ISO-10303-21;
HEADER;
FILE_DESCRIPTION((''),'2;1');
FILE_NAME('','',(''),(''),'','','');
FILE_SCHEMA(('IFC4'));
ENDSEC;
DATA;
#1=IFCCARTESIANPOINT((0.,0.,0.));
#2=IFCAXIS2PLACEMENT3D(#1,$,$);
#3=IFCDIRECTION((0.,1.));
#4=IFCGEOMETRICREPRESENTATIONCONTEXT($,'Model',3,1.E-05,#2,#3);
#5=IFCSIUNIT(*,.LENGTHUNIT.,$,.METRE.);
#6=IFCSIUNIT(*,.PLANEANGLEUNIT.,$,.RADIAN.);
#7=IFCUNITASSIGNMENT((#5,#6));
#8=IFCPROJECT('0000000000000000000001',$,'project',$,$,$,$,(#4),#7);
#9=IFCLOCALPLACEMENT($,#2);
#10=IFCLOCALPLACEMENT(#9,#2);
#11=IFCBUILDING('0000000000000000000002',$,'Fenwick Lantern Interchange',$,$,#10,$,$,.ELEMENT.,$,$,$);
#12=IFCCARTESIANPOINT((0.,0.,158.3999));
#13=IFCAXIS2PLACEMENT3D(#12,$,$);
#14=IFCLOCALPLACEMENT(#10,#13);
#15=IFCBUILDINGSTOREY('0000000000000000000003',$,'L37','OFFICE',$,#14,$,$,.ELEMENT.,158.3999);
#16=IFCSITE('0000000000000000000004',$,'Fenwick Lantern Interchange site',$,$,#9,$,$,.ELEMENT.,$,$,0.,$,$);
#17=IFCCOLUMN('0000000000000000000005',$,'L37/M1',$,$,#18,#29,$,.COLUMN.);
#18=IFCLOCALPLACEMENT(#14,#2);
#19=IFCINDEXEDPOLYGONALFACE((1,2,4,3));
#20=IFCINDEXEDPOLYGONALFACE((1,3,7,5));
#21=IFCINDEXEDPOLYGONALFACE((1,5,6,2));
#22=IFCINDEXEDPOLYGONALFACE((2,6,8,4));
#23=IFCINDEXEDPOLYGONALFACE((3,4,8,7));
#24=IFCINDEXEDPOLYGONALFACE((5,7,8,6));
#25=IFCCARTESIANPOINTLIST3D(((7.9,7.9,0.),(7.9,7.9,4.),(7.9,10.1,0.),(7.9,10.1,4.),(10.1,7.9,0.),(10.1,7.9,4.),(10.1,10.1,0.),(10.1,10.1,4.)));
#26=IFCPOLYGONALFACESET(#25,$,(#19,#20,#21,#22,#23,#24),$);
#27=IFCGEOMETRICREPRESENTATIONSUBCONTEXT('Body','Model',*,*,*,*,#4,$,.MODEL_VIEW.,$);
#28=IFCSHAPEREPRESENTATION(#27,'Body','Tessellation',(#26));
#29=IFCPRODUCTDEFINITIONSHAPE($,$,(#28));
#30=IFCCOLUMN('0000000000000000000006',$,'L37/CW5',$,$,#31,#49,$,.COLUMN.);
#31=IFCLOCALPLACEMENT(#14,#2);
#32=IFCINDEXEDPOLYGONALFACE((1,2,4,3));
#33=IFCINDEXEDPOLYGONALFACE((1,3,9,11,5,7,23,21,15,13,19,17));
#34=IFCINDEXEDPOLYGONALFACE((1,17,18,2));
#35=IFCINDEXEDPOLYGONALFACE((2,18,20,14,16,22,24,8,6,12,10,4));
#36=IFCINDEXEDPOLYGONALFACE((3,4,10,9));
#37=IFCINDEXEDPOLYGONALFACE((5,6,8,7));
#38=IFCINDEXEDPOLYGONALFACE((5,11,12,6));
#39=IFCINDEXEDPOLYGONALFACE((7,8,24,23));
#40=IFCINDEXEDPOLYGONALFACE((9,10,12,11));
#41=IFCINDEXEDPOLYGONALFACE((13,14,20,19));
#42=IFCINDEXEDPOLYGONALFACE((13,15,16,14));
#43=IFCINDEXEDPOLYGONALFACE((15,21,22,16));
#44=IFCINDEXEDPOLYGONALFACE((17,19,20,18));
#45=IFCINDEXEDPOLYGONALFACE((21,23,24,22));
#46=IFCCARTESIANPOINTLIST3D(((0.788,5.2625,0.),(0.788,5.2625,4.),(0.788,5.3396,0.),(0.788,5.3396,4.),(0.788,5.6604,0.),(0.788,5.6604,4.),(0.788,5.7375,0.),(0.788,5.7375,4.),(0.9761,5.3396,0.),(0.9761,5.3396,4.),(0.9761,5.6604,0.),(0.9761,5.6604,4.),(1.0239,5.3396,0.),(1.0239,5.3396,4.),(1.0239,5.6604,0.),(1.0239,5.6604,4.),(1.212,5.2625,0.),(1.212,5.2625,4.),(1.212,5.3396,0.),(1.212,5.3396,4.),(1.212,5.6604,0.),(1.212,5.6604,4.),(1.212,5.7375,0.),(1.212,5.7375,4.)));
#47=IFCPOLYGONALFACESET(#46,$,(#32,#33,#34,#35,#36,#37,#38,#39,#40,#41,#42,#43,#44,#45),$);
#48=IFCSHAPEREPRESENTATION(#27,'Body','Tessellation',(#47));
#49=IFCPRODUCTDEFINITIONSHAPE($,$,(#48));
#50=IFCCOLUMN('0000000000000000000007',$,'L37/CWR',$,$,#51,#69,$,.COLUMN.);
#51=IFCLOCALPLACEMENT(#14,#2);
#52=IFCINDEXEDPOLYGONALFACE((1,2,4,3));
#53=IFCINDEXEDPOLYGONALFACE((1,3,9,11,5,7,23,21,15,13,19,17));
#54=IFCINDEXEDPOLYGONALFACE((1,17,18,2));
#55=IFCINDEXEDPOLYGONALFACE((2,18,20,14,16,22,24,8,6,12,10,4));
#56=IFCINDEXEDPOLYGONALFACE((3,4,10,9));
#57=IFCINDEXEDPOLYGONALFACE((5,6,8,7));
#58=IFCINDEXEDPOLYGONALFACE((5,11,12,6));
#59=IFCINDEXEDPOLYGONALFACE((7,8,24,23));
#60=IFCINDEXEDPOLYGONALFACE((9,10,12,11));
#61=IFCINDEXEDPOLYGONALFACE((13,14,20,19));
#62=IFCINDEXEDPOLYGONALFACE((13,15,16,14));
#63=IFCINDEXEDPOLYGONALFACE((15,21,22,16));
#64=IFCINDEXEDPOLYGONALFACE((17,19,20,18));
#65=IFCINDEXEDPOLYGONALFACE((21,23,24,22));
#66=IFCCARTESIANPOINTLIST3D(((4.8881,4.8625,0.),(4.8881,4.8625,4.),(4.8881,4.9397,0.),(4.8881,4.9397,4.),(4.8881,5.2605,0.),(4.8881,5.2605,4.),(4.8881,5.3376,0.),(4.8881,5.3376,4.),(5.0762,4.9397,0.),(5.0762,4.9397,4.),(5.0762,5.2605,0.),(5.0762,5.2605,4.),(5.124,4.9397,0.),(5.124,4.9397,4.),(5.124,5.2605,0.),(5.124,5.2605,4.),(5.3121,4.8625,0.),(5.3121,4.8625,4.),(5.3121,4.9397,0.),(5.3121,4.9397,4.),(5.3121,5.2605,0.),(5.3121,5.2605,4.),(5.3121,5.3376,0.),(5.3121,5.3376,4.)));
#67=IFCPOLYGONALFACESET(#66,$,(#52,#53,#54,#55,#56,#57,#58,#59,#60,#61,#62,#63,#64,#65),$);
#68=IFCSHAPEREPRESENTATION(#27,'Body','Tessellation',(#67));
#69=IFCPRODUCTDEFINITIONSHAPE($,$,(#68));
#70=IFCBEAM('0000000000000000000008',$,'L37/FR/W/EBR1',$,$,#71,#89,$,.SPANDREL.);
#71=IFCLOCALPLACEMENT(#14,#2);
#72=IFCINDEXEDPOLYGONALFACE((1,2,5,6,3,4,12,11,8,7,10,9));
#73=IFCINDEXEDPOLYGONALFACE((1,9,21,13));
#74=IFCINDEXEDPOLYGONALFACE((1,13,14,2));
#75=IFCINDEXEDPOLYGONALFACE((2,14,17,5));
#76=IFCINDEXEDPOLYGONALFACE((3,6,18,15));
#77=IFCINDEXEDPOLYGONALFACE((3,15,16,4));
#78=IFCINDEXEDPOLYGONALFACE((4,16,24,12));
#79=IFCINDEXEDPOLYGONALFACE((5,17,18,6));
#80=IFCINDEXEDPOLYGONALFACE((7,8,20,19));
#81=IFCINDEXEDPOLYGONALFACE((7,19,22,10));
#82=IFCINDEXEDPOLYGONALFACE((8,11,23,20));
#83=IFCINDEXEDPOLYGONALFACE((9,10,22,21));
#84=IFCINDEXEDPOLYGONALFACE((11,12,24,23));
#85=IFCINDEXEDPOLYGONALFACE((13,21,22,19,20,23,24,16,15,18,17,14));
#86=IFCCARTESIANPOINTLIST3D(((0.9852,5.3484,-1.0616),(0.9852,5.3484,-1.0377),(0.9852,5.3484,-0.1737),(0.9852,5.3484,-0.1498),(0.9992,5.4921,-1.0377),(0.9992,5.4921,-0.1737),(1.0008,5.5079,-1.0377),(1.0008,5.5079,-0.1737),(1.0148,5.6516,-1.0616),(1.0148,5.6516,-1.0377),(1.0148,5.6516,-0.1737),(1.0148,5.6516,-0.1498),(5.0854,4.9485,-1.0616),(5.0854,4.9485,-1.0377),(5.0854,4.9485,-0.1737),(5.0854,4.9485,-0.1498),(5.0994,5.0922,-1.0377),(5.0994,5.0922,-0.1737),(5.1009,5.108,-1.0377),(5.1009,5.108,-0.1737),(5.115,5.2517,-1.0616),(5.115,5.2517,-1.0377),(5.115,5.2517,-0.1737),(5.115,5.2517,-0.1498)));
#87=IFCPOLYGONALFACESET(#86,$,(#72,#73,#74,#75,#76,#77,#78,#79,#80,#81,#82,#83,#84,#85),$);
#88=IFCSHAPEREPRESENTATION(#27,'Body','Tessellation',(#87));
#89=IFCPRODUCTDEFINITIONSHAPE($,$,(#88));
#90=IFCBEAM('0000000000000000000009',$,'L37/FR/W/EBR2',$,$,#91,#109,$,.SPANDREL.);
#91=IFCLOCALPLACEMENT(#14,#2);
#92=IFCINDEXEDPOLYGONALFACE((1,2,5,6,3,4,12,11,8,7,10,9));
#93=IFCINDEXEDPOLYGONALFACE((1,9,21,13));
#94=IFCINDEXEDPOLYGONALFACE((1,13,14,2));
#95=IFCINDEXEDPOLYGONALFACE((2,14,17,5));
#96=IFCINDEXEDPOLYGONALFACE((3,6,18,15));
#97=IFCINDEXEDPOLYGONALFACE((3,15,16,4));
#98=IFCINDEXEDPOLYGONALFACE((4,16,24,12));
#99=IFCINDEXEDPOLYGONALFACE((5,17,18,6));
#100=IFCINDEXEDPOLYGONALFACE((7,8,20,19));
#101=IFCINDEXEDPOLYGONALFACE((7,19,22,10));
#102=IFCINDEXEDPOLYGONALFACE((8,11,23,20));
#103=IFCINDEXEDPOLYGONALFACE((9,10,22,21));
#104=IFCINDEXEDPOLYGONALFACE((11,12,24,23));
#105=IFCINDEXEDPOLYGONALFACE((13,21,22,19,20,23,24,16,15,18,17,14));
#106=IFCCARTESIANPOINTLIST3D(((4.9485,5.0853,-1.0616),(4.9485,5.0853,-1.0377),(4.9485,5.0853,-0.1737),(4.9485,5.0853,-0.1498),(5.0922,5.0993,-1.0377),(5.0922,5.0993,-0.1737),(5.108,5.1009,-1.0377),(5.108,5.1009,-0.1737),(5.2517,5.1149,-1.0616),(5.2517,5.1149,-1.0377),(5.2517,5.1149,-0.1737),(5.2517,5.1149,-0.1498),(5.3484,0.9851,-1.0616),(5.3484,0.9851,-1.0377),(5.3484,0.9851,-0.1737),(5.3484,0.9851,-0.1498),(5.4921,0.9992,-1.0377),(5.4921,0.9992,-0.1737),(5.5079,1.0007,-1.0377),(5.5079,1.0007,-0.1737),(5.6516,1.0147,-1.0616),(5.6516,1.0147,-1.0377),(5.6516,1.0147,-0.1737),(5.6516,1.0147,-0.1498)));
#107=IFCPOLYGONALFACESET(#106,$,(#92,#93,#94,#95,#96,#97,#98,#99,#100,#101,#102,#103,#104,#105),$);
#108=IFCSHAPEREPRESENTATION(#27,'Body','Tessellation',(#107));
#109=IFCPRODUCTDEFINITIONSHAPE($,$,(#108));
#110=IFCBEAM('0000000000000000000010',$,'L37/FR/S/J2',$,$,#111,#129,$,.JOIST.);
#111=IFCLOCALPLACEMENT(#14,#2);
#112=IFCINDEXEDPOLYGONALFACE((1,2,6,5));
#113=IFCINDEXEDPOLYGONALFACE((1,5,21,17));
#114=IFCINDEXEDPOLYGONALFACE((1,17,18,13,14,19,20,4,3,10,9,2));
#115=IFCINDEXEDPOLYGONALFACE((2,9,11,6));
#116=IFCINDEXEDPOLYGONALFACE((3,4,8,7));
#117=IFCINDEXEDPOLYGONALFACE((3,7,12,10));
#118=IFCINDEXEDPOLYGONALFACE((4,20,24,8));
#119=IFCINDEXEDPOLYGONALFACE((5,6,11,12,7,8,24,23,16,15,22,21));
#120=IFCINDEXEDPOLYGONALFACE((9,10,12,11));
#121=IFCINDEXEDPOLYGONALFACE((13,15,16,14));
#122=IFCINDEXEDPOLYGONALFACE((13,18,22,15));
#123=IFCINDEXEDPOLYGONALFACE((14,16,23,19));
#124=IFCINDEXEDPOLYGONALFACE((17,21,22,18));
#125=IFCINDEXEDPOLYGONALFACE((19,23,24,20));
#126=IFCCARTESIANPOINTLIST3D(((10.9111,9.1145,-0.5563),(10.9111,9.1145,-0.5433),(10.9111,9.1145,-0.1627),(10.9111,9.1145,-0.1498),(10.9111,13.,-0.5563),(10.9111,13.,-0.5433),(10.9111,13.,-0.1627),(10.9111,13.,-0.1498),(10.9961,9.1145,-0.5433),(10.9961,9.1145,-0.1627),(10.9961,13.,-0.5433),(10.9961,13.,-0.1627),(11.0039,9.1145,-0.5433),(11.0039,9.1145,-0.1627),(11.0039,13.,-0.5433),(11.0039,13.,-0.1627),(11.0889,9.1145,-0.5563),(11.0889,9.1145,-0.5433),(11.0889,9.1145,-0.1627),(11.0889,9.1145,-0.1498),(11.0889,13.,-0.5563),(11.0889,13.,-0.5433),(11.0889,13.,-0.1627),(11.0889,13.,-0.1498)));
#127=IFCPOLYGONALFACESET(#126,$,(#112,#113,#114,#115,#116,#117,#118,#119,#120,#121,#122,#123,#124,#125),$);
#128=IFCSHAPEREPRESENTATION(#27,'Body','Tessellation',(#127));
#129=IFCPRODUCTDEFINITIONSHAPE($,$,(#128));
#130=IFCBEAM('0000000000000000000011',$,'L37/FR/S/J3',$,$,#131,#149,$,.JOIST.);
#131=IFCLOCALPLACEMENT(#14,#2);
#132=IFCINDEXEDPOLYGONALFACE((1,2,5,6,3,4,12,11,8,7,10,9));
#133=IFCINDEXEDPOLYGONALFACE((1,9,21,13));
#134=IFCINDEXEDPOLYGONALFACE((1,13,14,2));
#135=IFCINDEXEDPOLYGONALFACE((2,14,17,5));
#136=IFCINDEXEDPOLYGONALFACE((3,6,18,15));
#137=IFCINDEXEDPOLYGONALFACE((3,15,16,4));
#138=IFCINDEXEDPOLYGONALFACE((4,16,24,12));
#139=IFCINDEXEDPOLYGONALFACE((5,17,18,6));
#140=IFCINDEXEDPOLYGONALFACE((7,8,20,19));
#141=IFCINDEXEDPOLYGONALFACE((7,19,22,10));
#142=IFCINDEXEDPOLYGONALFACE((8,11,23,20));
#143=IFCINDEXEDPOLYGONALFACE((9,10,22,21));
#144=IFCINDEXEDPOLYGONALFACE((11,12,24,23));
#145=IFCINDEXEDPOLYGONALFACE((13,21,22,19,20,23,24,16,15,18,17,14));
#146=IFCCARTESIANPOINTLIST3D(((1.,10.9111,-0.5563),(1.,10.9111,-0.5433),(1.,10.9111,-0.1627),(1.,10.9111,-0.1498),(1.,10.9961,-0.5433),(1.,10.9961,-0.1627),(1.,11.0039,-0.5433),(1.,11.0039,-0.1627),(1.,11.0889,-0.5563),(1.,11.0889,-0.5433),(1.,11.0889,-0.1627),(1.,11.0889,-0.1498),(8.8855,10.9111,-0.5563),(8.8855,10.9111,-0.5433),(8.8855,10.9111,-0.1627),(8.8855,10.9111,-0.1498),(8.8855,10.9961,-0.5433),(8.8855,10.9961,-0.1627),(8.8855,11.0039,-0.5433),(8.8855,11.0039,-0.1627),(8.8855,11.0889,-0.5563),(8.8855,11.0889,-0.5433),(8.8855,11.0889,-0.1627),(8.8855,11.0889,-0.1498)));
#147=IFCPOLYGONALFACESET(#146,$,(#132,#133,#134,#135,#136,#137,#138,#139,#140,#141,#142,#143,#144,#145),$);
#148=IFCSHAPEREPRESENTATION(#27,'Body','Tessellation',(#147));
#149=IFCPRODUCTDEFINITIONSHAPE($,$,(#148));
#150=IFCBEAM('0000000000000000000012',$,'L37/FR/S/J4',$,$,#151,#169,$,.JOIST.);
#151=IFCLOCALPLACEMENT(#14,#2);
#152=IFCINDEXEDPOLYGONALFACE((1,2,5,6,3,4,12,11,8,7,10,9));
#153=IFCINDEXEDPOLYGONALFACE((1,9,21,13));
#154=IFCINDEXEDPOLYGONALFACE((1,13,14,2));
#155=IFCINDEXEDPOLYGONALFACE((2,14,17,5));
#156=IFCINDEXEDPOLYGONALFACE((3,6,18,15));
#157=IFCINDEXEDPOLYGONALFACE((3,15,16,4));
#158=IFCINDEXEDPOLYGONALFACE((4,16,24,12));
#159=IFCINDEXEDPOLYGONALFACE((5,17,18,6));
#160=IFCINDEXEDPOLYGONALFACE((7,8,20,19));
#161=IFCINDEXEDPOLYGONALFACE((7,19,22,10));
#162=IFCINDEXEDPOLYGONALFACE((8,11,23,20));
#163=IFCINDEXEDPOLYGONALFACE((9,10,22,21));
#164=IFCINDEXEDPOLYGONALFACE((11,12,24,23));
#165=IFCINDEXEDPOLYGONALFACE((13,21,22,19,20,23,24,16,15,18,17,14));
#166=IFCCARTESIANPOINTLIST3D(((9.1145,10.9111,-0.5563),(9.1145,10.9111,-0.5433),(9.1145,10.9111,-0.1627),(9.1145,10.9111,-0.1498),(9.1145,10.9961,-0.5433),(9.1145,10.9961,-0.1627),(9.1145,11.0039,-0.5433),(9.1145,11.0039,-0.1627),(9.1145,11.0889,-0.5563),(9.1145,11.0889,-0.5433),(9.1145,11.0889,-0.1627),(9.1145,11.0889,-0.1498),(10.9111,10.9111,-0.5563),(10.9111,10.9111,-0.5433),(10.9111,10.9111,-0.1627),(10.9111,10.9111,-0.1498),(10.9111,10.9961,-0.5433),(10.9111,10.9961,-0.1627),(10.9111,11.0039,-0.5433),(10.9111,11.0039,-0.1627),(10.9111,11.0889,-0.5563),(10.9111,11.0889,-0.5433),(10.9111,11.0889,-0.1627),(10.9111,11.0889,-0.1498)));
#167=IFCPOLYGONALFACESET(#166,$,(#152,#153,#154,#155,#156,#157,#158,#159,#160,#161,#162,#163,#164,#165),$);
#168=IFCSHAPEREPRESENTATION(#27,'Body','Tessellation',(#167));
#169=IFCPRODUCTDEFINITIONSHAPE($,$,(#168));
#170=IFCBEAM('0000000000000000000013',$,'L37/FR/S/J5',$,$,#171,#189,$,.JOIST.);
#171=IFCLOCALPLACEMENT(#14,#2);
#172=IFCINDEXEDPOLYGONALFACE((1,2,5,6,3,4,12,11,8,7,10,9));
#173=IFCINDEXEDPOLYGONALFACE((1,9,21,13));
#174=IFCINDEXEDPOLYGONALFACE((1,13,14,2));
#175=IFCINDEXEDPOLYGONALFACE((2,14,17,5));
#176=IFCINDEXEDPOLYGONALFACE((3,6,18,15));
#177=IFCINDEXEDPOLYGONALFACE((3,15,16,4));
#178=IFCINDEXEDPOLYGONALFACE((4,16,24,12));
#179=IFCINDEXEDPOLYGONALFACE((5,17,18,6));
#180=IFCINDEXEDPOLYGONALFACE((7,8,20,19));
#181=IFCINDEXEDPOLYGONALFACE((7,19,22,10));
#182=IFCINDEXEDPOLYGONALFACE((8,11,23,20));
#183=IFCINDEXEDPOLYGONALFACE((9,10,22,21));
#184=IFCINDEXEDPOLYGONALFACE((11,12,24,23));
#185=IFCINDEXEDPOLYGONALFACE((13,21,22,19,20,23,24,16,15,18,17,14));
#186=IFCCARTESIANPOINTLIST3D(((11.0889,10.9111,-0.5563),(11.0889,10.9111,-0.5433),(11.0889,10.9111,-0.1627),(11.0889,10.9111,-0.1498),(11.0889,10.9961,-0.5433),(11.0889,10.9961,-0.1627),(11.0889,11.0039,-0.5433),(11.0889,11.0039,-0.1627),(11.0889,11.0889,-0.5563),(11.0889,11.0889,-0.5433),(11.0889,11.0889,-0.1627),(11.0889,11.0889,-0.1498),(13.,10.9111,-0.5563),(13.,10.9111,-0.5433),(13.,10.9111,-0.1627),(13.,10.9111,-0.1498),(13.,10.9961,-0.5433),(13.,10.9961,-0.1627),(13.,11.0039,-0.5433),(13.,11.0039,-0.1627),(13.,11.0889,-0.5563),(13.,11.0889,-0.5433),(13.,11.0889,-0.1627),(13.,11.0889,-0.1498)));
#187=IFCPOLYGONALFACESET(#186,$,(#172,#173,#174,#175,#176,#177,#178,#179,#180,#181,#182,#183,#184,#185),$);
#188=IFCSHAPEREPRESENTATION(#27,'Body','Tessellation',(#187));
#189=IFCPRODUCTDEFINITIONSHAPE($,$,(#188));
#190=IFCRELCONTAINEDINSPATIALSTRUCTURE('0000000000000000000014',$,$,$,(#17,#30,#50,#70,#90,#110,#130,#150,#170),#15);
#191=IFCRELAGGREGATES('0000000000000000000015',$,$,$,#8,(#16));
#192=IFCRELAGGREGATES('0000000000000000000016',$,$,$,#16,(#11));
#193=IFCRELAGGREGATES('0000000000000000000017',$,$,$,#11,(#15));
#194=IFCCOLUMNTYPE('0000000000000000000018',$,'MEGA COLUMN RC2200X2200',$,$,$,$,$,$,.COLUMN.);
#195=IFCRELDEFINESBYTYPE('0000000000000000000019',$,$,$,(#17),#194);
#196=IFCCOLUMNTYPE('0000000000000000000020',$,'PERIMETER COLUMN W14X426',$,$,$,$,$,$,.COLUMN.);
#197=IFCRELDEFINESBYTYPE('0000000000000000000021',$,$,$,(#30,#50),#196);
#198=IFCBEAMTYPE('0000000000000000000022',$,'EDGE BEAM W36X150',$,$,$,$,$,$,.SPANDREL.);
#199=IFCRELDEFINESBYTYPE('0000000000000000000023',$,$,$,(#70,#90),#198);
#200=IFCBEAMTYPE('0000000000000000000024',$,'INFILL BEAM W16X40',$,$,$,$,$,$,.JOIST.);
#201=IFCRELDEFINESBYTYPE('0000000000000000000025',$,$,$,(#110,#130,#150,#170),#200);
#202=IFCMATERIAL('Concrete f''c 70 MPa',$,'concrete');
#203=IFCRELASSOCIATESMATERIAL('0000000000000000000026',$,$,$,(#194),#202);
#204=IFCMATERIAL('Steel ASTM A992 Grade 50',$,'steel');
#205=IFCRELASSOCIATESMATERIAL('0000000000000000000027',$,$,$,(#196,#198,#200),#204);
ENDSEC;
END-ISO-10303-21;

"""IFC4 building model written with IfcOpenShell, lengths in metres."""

from ifc_helpers import new_model, si_unit, direction, frame, origin, origin_2d, place, context, subcontext, project, spatial, rectangle, i_section, extrude, material, material_profile, profile_set, type_object, element, save


model = new_model("IFC4")

# Units and contexts
model_context = context("Model", 3, precision=1e-05, world=origin(), true_north=direction((0.0, 1.0)))
body_context = subcontext(model_context, "Body", "Model", "MODEL_VIEW")
ifc_project = project(units=[si_unit("LENGTHUNIT", "METRE"), si_unit("PLANEANGLEUNIT", "RADIAN")], contexts=[model_context])

# Site, building, storey
site_placement = place(None, origin())
site = spatial("IfcSite", under=ifc_project, at=site_placement, Name="Fenwick Lantern Interchange site", CompositionType="ELEMENT", RefElevation=0.0)
building_placement = place(site_placement, origin())
building = spatial("IfcBuilding", under=site, at=building_placement, Name="Fenwick Lantern Interchange", CompositionType="ELEMENT")
storey_placement = place(building_placement, frame((0.0, 0.0, 158.3999)))
storey = spatial("IfcBuildingStorey", under=building, at=storey_placement, Name="L37", Description="OFFICE", CompositionType="ELEMENT", Elevation=158.3999)

# Columns
ifc_material_1 = material(Name="Concrete f'c 70 MPa", Category="concrete")
ifc_material_profile_1 = material_profile(ifc_material_1, rectangle(XDim=2.2, YDim=2.2, at=origin_2d()), Name="RC2200X2200")
ifc_profile_set_1 = profile_set([ifc_material_profile_1], Name="Concrete f'c 70 MPa")
column_type_1 = type_object("IfcColumnType", Name="MEGA COLUMN RC2200X2200", PredefinedType="COLUMN", material=ifc_profile_set_1)
column_placement = place(storey_placement, frame((9.0, 9.0, 0.0), z_axis=(0.0, 0.0, 1.0), x_axis=(1.0, 0.0, 0.0)))
element("IfcColumn", 1, at=column_placement, inside=storey, type_object=column_type_1, Name="L37/M1", PredefinedType="COLUMN", context=body_context, shape_type="SweptSolid", body=[
    extrude(rectangle(XDim=2.2, YDim=2.2, at=origin_2d()), origin(), (0.0, 0.0, 1.0), 4.0),
])
ifc_material_2 = material(Name="Steel ASTM A992 Grade 50", Category="steel")
ifc_material_profile_2 = material_profile(ifc_material_2, i_section(OverallWidth=0.4241, OverallDepth=0.4751, WebThickness=0.0479, FlangeThickness=0.0771, at=origin_2d()), Name="W14X426")
ifc_profile_set_2 = profile_set([ifc_material_profile_2], Name="Steel ASTM A992 Grade 50")
column_type_2 = type_object("IfcColumnType", Name="PERIMETER COLUMN W14X426", PredefinedType="COLUMN", material=ifc_profile_set_2)
for number, where, z_axis, x_axis, name in (
    (2, (1.0, 5.5, 0.0), (0.0, 0.0, 1.0), (1.0, 0.0, 0.0), "L37/CW5"),
    (3, (5.1001, 5.1001, 0.0), (0.0, 0.0, 1.0), (1.0, 0.0, 0.0), "L37/CWR"),
):
    element("IfcColumn", number, at=place(storey_placement, frame(where, z_axis=z_axis, x_axis=x_axis)), inside=storey, type_object=column_type_2, Name=name, PredefinedType="COLUMN", context=body_context, shape_type="SweptSolid", body=[
        extrude(i_section(OverallWidth=0.4241, OverallDepth=0.4751, WebThickness=0.0479, FlangeThickness=0.0771, at=origin_2d()), origin(), (0.0, 0.0, 1.0), 4.0),
    ])

# Beams
ifc_material_profile_3 = material_profile(ifc_material_2, i_section(OverallWidth=0.3047, OverallDepth=0.9119, WebThickness=0.0159, FlangeThickness=0.0239, at=origin_2d()), Name="W36X150")
ifc_profile_set_3 = profile_set([ifc_material_profile_3], Name="Steel ASTM A992 Grade 50")
beam_type_1 = type_object("IfcBeamType", Name="EDGE BEAM W36X150", PredefinedType="SPANDREL", material=ifc_profile_set_3)
for number, where, z_axis, x_axis, name in (
    (4, (1.0, 5.5, -0.6057), (0.995277, -0.097074, 0.0), (0.097074, 0.995277, 0.0), "L37/FR/W/EBR1"),
    (5, (5.1001, 5.1001, -0.6057), (0.097074, -0.995277, 0.0), (0.995277, 0.097074, 0.0), "L37/FR/W/EBR2"),
):
    element("IfcBeam", number, at=place(storey_placement, frame(where, z_axis=z_axis, x_axis=x_axis)), inside=storey, type_object=beam_type_1, Name=name, PredefinedType="SPANDREL", context=body_context, shape_type="SweptSolid", body=[
        extrude(i_section(OverallWidth=0.3047, OverallDepth=0.9119, WebThickness=0.0159, FlangeThickness=0.0239, at=origin_2d()), origin(), (0.0, 0.0, 1.0), 4.1196),
    ])
ifc_material_profile_4 = material_profile(ifc_material_2, i_section(OverallWidth=0.1777, OverallDepth=0.4065, WebThickness=0.0078, FlangeThickness=0.0129, at=origin_2d()), Name="W16X40")
ifc_profile_set_4 = profile_set([ifc_material_profile_4], Name="Steel ASTM A992 Grade 50")
beam_type_2 = type_object("IfcBeamType", Name="INFILL BEAM W16X40", PredefinedType="JOIST", material=ifc_profile_set_4)
beam_1_placement = place(storey_placement, frame((11.0, 9.1145, -0.353), z_axis=(0.0, 1.0, 0.0), x_axis=(-1.0, 0.0, 0.0)))
element("IfcBeam", 6, at=beam_1_placement, inside=storey, type_object=beam_type_2, Name="L37/FR/S/J2", PredefinedType="JOIST", context=body_context, shape_type="SweptSolid", body=[
    extrude(i_section(OverallWidth=0.1777, OverallDepth=0.4065, WebThickness=0.0078, FlangeThickness=0.0129, at=origin_2d()), origin(), (0.0, 0.0, 1.0), 3.8855),
])
beam_2_placement = place(storey_placement, frame((1.0, 11.0, -0.353), z_axis=(1.0, 0.0, 0.0), x_axis=(0.0, 1.0, 0.0)))
element("IfcBeam", 7, at=beam_2_placement, inside=storey, type_object=beam_type_2, Name="L37/FR/S/J3", PredefinedType="JOIST", context=body_context, shape_type="SweptSolid", body=[
    extrude(i_section(OverallWidth=0.1777, OverallDepth=0.4065, WebThickness=0.0078, FlangeThickness=0.0129, at=origin_2d()), origin(), (0.0, 0.0, 1.0), 7.8855),
])
beam_3_placement = place(storey_placement, frame((9.1145, 11.0, -0.353), z_axis=(1.0, 0.0, 0.0), x_axis=(0.0, 1.0, 0.0)))
element("IfcBeam", 8, at=beam_3_placement, inside=storey, type_object=beam_type_2, Name="L37/FR/S/J4", PredefinedType="JOIST", context=body_context, shape_type="SweptSolid", body=[
    extrude(i_section(OverallWidth=0.1777, OverallDepth=0.4065, WebThickness=0.0078, FlangeThickness=0.0129, at=origin_2d()), origin(), (0.0, 0.0, 1.0), 1.7966),
])
beam_4_placement = place(storey_placement, frame((11.0889, 11.0, -0.353), z_axis=(1.0, 0.0, 0.0), x_axis=(0.0, 1.0, 0.0)))
element("IfcBeam", 9, at=beam_4_placement, inside=storey, type_object=beam_type_2, Name="L37/FR/S/J5", PredefinedType="JOIST", context=body_context, shape_type="SweptSolid", body=[
    extrude(i_section(OverallWidth=0.1777, OverallDepth=0.4065, WebThickness=0.0078, FlangeThickness=0.0129, at=origin_2d()), origin(), (0.0, 0.0, 1.0), 1.9111),
])

save(model, "model.ifc")
